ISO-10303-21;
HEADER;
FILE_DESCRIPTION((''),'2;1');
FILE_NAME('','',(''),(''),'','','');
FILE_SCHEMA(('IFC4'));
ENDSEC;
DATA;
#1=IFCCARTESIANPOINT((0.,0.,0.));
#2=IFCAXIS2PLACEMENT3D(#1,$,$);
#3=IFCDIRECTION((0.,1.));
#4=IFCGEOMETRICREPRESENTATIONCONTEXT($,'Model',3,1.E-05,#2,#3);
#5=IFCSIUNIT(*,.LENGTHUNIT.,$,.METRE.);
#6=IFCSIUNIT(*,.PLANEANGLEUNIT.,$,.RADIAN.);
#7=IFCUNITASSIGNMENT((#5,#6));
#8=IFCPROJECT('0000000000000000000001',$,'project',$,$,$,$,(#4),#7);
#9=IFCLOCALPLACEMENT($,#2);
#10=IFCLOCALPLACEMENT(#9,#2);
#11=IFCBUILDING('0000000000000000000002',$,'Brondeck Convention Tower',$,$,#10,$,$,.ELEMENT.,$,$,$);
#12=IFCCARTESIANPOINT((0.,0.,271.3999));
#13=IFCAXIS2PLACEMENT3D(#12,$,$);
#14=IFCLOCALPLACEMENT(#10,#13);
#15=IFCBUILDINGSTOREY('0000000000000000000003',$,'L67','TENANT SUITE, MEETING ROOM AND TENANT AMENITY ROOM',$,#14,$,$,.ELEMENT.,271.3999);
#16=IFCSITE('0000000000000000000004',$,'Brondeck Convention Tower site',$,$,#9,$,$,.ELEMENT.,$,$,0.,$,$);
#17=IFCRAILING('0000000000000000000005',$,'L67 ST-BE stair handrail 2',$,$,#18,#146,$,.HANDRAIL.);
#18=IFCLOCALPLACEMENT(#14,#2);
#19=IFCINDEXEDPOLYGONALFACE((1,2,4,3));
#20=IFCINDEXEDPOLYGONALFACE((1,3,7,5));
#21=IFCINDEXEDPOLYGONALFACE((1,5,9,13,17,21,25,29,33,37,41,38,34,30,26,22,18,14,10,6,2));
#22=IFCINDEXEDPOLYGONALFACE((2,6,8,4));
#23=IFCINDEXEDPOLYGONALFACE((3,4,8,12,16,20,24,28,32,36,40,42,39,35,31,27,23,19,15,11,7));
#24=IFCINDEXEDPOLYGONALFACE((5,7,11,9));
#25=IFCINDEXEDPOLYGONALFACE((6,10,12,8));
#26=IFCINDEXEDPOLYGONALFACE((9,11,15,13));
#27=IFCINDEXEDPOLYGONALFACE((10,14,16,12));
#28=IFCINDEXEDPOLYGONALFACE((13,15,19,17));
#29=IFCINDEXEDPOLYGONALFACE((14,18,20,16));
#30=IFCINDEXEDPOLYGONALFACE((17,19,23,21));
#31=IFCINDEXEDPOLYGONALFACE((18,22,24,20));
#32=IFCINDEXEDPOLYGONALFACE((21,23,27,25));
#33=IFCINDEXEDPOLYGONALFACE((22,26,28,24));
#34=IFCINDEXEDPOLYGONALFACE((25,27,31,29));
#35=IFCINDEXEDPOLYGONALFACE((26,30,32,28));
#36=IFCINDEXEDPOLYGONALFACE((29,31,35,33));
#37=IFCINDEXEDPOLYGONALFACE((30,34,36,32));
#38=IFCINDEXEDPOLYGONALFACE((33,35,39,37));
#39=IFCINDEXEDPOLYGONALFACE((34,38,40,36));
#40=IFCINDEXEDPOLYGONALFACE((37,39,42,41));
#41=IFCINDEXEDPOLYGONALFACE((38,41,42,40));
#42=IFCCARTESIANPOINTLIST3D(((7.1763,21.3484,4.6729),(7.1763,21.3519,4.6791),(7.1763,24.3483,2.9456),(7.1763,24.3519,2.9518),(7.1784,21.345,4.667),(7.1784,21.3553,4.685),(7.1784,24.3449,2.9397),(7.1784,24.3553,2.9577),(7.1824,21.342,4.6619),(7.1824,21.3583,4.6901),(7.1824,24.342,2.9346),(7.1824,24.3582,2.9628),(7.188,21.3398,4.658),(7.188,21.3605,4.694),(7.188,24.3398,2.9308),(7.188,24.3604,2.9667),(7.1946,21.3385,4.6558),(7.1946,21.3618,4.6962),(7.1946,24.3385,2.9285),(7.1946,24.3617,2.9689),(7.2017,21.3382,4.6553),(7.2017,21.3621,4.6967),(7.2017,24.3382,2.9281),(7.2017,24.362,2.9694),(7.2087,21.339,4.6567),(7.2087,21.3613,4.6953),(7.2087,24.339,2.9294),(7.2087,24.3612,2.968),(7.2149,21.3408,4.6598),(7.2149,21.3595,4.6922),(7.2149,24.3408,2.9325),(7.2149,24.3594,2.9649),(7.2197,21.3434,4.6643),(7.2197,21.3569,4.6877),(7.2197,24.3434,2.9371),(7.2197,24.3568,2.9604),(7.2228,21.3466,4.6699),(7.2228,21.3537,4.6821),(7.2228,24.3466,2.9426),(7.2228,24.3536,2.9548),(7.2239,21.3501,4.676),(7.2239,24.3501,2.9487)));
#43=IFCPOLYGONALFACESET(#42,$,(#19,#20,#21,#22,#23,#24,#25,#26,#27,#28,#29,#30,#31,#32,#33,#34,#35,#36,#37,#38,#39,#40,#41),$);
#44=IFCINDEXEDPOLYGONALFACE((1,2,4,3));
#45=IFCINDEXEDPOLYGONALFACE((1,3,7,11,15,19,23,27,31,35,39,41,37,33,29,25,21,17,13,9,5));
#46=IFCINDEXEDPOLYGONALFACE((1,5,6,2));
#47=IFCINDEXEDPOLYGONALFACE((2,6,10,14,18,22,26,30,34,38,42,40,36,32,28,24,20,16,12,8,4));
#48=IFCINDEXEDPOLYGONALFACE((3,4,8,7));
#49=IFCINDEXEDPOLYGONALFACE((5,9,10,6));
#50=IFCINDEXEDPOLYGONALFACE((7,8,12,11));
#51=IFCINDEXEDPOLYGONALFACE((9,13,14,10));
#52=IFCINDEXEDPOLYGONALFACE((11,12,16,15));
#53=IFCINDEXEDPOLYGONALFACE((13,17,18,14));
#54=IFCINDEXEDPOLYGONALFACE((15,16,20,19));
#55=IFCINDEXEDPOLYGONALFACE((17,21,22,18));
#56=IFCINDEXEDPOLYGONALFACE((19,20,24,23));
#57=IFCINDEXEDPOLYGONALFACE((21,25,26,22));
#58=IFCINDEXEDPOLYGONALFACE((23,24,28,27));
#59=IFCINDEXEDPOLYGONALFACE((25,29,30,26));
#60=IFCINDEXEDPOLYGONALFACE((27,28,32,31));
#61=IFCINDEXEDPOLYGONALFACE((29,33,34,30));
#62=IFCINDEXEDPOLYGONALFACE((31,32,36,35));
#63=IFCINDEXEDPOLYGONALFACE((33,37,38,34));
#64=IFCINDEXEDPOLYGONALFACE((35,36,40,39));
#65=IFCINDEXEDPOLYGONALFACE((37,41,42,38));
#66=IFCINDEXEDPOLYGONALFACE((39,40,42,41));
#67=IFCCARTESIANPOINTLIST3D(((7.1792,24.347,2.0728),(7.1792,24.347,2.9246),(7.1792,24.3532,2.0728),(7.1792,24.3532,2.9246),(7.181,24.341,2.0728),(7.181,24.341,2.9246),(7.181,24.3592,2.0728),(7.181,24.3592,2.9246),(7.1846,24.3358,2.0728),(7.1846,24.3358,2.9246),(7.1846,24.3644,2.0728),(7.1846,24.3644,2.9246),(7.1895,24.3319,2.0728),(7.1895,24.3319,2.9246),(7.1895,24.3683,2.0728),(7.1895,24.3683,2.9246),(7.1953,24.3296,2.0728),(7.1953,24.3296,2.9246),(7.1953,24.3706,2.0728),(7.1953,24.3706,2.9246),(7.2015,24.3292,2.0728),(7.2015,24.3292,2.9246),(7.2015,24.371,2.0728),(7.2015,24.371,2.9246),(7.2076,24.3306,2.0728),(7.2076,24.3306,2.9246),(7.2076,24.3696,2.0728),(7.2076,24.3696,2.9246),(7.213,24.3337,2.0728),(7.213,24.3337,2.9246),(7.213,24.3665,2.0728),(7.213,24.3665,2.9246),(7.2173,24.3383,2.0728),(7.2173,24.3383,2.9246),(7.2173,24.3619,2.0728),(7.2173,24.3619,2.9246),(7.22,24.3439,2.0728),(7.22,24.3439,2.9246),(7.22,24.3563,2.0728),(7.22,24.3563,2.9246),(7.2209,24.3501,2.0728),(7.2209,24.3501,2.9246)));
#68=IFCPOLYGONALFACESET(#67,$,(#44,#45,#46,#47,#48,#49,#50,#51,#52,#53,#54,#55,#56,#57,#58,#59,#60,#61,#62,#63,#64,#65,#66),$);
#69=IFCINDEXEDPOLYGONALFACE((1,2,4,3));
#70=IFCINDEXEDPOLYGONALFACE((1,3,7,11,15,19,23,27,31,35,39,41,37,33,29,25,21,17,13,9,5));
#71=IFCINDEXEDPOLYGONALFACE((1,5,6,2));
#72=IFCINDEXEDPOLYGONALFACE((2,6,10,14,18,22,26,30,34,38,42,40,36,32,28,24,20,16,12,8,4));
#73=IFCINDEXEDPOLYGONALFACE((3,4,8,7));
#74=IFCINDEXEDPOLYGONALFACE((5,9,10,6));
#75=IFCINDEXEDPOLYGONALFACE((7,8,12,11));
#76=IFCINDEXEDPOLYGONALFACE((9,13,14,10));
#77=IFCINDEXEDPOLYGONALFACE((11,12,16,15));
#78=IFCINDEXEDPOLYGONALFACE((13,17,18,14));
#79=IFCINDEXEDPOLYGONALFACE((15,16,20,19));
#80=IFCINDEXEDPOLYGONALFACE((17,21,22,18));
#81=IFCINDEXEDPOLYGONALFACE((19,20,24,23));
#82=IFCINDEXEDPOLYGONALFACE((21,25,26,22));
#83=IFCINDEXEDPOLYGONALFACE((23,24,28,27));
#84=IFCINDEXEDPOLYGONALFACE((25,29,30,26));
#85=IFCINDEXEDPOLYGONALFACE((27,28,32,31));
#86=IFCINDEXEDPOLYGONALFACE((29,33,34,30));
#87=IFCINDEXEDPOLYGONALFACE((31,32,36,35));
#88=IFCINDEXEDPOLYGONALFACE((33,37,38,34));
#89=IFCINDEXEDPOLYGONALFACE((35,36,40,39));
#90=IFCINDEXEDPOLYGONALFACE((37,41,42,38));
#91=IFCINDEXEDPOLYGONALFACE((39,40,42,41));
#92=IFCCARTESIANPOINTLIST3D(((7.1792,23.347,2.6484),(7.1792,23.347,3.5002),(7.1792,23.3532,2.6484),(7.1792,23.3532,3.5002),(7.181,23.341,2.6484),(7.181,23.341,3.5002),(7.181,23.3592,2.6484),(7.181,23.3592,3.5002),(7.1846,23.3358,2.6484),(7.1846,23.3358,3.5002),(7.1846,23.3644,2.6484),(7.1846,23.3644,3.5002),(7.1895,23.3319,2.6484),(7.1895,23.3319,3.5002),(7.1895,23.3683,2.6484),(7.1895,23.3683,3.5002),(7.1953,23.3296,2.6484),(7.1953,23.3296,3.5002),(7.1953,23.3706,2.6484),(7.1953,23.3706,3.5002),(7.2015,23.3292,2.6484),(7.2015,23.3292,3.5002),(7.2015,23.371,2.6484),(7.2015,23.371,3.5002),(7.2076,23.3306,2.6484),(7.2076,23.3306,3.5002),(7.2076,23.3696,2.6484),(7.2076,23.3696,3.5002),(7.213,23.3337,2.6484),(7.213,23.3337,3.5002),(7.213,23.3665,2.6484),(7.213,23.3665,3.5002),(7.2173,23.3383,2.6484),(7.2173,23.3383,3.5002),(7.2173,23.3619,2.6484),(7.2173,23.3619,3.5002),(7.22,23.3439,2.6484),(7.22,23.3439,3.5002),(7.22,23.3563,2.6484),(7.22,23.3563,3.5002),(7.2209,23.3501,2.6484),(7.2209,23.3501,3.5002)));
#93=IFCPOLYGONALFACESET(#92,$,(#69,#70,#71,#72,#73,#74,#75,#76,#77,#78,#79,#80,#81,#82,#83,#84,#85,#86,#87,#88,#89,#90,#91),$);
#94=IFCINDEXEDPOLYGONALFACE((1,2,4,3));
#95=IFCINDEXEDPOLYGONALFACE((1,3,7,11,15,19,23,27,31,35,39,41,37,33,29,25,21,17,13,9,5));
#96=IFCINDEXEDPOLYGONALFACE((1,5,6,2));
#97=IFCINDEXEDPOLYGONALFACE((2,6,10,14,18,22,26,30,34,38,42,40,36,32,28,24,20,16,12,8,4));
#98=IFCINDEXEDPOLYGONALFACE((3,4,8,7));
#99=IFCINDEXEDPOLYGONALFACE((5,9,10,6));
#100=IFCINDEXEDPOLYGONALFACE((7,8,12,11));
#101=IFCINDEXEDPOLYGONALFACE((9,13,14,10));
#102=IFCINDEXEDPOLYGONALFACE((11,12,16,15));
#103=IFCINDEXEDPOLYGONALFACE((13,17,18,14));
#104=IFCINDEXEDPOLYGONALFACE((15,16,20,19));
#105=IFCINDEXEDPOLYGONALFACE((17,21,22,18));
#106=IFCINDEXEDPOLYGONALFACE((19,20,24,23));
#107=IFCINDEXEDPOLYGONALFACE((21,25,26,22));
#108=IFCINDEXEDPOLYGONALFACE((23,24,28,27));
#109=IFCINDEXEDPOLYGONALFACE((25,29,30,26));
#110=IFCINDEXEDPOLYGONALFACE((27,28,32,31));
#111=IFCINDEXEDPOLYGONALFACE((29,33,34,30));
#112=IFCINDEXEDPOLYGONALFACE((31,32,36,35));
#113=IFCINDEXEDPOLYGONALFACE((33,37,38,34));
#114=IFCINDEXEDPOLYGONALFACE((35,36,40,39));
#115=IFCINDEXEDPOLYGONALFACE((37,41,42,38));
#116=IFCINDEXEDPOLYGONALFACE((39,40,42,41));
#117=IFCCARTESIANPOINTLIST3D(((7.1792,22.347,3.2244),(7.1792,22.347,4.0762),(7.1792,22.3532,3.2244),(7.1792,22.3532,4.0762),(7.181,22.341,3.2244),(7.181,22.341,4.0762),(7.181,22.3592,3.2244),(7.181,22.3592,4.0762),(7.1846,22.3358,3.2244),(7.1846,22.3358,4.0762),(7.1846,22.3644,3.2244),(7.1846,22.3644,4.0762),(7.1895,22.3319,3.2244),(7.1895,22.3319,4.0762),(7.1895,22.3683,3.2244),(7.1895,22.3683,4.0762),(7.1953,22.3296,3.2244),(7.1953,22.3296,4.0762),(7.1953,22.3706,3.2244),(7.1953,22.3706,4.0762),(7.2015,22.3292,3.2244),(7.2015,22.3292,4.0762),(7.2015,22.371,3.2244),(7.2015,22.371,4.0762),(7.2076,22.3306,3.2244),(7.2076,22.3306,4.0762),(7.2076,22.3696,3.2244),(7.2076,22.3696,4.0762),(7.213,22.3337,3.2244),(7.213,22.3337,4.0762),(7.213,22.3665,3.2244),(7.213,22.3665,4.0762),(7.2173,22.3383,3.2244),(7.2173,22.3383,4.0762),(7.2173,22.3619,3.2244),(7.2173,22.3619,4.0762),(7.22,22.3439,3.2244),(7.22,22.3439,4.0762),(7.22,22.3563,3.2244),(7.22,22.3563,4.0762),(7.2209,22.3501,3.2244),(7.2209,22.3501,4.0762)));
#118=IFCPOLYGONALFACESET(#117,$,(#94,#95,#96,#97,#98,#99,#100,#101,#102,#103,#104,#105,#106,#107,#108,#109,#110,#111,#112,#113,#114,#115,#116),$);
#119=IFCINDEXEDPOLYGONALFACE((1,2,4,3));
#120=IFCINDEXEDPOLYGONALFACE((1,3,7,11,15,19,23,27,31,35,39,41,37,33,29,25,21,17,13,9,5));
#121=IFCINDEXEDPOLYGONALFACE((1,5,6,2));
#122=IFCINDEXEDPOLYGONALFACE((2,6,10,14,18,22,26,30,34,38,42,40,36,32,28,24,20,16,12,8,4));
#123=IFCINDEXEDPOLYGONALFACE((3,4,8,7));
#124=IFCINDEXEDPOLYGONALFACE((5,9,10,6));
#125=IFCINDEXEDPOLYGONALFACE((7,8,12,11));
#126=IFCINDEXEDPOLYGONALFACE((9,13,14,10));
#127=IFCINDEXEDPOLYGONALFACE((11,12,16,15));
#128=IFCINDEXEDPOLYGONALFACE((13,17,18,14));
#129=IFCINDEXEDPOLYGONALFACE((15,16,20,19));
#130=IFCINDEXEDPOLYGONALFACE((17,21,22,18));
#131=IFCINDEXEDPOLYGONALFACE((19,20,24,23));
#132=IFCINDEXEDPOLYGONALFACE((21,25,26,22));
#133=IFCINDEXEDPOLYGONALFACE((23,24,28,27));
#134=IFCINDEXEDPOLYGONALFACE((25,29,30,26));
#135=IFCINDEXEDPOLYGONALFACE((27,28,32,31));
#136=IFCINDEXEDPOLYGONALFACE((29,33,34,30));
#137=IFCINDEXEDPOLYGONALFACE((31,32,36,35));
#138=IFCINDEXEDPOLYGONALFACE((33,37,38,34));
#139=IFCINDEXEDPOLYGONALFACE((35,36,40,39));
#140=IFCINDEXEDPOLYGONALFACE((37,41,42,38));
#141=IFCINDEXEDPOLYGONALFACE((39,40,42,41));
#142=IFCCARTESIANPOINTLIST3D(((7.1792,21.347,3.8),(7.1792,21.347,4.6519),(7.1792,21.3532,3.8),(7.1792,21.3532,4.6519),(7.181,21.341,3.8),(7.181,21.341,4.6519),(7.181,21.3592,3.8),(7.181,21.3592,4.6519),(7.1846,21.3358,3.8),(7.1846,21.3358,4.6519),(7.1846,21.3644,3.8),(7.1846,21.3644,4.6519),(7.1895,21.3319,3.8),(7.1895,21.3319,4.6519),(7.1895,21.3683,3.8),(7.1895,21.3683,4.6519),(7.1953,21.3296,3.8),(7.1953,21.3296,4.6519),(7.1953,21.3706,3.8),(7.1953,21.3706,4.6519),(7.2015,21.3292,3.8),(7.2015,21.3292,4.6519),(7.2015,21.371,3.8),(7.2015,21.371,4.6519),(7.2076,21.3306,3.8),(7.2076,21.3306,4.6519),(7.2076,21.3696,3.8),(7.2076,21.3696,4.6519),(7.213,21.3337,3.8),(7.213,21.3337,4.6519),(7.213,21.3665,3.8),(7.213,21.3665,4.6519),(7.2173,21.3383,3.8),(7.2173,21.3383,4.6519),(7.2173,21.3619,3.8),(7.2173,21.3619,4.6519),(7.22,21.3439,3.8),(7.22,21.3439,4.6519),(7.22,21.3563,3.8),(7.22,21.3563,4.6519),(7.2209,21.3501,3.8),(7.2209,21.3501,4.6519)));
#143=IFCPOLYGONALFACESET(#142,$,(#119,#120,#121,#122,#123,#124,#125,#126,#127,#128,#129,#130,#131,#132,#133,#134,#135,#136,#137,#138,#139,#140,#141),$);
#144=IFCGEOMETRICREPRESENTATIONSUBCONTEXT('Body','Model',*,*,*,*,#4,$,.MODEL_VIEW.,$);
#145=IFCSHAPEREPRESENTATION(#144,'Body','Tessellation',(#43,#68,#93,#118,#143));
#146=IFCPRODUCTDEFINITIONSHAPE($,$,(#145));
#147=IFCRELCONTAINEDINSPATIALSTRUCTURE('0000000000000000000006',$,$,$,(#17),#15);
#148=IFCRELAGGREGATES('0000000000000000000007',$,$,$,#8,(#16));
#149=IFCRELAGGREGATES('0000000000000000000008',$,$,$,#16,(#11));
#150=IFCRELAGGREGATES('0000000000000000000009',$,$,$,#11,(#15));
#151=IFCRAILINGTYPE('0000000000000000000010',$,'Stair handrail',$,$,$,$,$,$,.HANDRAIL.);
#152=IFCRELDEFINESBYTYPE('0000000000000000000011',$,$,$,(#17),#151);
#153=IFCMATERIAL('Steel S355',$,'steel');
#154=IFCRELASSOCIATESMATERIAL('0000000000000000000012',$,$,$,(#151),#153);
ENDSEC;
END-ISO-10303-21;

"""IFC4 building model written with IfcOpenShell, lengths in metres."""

from ifc_helpers import new_model, si_unit, direction, frame, origin, origin_2d, place, context, subcontext, project, spatial, circle, extrude, material, type_object, element, save


model = new_model("IFC4")

# Units and contexts
model_context = context("Model", 3, precision=1e-05, world=origin(), true_north=direction((0.0, 1.0)))
body_context = subcontext(model_context, "Body", "Model", "MODEL_VIEW")
ifc_project = project(units=[si_unit("LENGTHUNIT", "METRE"), si_unit("PLANEANGLEUNIT", "RADIAN")], contexts=[model_context])

# Site, building, storey
site_placement = place(None, origin())
site = spatial("IfcSite", under=ifc_project, at=site_placement, Name="Brondeck Convention Tower site", CompositionType="ELEMENT", RefElevation=0.0)
building_placement = place(site_placement, origin())
building = spatial("IfcBuilding", under=site, at=building_placement, Name="Brondeck Convention Tower", CompositionType="ELEMENT")
storey_placement = place(building_placement, frame((0.0, 0.0, 271.3999)))
storey = spatial("IfcBuildingStorey", under=building, at=storey_placement, Name="L67", Description="TENANT SUITE, MEETING ROOM AND TENANT AMENITY ROOM", CompositionType="ELEMENT", Elevation=271.3999)

# Shared definitions
ifc_material_1 = material(Name="Steel S355", Category="steel")

# Railing
railing_type = type_object("IfcRailingType", Name="Stair handrail", PredefinedType="HANDRAIL", material=ifc_material_1)
railing_1_placement = place(storey_placement, frame((7.2, 24.3501, 2.0728)))
element("IfcRailing", 1, at=railing_1_placement, inside=storey, type_object=railing_type, Name="L67 ST-BE stair handrail 2", PredefinedType="HANDRAIL", context=body_context, shape_type="SweptSolid", body=[
    extrude(circle(Radius=0.0239, at=origin_2d()), frame((0.0, 0.0, 0.876), z_axis=(0.0, -0.86662, 0.498969), x_axis=(1.0, 0.0, 0.0)), (0.0, 0.0, 1.0), 3.4617),
    extrude(circle(Radius=0.021, at=origin_2d()), origin(), (0.0, 0.0, 1.0), 0.8518),
    extrude(circle(Radius=0.021, at=origin_2d()), frame((0.0, -1.0, 0.5757)), (0.0, 0.0, 1.0), 0.8518),
    extrude(circle(Radius=0.021, at=origin_2d()), frame((0.0, -2.0, 1.1516)), (0.0, 0.0, 1.0), 0.8518),
    extrude(circle(Radius=0.021, at=origin_2d()), frame((0.0, -3.0, 1.7273)), (0.0, 0.0, 1.0), 0.8518),
])

save(model, "model.ifc")
